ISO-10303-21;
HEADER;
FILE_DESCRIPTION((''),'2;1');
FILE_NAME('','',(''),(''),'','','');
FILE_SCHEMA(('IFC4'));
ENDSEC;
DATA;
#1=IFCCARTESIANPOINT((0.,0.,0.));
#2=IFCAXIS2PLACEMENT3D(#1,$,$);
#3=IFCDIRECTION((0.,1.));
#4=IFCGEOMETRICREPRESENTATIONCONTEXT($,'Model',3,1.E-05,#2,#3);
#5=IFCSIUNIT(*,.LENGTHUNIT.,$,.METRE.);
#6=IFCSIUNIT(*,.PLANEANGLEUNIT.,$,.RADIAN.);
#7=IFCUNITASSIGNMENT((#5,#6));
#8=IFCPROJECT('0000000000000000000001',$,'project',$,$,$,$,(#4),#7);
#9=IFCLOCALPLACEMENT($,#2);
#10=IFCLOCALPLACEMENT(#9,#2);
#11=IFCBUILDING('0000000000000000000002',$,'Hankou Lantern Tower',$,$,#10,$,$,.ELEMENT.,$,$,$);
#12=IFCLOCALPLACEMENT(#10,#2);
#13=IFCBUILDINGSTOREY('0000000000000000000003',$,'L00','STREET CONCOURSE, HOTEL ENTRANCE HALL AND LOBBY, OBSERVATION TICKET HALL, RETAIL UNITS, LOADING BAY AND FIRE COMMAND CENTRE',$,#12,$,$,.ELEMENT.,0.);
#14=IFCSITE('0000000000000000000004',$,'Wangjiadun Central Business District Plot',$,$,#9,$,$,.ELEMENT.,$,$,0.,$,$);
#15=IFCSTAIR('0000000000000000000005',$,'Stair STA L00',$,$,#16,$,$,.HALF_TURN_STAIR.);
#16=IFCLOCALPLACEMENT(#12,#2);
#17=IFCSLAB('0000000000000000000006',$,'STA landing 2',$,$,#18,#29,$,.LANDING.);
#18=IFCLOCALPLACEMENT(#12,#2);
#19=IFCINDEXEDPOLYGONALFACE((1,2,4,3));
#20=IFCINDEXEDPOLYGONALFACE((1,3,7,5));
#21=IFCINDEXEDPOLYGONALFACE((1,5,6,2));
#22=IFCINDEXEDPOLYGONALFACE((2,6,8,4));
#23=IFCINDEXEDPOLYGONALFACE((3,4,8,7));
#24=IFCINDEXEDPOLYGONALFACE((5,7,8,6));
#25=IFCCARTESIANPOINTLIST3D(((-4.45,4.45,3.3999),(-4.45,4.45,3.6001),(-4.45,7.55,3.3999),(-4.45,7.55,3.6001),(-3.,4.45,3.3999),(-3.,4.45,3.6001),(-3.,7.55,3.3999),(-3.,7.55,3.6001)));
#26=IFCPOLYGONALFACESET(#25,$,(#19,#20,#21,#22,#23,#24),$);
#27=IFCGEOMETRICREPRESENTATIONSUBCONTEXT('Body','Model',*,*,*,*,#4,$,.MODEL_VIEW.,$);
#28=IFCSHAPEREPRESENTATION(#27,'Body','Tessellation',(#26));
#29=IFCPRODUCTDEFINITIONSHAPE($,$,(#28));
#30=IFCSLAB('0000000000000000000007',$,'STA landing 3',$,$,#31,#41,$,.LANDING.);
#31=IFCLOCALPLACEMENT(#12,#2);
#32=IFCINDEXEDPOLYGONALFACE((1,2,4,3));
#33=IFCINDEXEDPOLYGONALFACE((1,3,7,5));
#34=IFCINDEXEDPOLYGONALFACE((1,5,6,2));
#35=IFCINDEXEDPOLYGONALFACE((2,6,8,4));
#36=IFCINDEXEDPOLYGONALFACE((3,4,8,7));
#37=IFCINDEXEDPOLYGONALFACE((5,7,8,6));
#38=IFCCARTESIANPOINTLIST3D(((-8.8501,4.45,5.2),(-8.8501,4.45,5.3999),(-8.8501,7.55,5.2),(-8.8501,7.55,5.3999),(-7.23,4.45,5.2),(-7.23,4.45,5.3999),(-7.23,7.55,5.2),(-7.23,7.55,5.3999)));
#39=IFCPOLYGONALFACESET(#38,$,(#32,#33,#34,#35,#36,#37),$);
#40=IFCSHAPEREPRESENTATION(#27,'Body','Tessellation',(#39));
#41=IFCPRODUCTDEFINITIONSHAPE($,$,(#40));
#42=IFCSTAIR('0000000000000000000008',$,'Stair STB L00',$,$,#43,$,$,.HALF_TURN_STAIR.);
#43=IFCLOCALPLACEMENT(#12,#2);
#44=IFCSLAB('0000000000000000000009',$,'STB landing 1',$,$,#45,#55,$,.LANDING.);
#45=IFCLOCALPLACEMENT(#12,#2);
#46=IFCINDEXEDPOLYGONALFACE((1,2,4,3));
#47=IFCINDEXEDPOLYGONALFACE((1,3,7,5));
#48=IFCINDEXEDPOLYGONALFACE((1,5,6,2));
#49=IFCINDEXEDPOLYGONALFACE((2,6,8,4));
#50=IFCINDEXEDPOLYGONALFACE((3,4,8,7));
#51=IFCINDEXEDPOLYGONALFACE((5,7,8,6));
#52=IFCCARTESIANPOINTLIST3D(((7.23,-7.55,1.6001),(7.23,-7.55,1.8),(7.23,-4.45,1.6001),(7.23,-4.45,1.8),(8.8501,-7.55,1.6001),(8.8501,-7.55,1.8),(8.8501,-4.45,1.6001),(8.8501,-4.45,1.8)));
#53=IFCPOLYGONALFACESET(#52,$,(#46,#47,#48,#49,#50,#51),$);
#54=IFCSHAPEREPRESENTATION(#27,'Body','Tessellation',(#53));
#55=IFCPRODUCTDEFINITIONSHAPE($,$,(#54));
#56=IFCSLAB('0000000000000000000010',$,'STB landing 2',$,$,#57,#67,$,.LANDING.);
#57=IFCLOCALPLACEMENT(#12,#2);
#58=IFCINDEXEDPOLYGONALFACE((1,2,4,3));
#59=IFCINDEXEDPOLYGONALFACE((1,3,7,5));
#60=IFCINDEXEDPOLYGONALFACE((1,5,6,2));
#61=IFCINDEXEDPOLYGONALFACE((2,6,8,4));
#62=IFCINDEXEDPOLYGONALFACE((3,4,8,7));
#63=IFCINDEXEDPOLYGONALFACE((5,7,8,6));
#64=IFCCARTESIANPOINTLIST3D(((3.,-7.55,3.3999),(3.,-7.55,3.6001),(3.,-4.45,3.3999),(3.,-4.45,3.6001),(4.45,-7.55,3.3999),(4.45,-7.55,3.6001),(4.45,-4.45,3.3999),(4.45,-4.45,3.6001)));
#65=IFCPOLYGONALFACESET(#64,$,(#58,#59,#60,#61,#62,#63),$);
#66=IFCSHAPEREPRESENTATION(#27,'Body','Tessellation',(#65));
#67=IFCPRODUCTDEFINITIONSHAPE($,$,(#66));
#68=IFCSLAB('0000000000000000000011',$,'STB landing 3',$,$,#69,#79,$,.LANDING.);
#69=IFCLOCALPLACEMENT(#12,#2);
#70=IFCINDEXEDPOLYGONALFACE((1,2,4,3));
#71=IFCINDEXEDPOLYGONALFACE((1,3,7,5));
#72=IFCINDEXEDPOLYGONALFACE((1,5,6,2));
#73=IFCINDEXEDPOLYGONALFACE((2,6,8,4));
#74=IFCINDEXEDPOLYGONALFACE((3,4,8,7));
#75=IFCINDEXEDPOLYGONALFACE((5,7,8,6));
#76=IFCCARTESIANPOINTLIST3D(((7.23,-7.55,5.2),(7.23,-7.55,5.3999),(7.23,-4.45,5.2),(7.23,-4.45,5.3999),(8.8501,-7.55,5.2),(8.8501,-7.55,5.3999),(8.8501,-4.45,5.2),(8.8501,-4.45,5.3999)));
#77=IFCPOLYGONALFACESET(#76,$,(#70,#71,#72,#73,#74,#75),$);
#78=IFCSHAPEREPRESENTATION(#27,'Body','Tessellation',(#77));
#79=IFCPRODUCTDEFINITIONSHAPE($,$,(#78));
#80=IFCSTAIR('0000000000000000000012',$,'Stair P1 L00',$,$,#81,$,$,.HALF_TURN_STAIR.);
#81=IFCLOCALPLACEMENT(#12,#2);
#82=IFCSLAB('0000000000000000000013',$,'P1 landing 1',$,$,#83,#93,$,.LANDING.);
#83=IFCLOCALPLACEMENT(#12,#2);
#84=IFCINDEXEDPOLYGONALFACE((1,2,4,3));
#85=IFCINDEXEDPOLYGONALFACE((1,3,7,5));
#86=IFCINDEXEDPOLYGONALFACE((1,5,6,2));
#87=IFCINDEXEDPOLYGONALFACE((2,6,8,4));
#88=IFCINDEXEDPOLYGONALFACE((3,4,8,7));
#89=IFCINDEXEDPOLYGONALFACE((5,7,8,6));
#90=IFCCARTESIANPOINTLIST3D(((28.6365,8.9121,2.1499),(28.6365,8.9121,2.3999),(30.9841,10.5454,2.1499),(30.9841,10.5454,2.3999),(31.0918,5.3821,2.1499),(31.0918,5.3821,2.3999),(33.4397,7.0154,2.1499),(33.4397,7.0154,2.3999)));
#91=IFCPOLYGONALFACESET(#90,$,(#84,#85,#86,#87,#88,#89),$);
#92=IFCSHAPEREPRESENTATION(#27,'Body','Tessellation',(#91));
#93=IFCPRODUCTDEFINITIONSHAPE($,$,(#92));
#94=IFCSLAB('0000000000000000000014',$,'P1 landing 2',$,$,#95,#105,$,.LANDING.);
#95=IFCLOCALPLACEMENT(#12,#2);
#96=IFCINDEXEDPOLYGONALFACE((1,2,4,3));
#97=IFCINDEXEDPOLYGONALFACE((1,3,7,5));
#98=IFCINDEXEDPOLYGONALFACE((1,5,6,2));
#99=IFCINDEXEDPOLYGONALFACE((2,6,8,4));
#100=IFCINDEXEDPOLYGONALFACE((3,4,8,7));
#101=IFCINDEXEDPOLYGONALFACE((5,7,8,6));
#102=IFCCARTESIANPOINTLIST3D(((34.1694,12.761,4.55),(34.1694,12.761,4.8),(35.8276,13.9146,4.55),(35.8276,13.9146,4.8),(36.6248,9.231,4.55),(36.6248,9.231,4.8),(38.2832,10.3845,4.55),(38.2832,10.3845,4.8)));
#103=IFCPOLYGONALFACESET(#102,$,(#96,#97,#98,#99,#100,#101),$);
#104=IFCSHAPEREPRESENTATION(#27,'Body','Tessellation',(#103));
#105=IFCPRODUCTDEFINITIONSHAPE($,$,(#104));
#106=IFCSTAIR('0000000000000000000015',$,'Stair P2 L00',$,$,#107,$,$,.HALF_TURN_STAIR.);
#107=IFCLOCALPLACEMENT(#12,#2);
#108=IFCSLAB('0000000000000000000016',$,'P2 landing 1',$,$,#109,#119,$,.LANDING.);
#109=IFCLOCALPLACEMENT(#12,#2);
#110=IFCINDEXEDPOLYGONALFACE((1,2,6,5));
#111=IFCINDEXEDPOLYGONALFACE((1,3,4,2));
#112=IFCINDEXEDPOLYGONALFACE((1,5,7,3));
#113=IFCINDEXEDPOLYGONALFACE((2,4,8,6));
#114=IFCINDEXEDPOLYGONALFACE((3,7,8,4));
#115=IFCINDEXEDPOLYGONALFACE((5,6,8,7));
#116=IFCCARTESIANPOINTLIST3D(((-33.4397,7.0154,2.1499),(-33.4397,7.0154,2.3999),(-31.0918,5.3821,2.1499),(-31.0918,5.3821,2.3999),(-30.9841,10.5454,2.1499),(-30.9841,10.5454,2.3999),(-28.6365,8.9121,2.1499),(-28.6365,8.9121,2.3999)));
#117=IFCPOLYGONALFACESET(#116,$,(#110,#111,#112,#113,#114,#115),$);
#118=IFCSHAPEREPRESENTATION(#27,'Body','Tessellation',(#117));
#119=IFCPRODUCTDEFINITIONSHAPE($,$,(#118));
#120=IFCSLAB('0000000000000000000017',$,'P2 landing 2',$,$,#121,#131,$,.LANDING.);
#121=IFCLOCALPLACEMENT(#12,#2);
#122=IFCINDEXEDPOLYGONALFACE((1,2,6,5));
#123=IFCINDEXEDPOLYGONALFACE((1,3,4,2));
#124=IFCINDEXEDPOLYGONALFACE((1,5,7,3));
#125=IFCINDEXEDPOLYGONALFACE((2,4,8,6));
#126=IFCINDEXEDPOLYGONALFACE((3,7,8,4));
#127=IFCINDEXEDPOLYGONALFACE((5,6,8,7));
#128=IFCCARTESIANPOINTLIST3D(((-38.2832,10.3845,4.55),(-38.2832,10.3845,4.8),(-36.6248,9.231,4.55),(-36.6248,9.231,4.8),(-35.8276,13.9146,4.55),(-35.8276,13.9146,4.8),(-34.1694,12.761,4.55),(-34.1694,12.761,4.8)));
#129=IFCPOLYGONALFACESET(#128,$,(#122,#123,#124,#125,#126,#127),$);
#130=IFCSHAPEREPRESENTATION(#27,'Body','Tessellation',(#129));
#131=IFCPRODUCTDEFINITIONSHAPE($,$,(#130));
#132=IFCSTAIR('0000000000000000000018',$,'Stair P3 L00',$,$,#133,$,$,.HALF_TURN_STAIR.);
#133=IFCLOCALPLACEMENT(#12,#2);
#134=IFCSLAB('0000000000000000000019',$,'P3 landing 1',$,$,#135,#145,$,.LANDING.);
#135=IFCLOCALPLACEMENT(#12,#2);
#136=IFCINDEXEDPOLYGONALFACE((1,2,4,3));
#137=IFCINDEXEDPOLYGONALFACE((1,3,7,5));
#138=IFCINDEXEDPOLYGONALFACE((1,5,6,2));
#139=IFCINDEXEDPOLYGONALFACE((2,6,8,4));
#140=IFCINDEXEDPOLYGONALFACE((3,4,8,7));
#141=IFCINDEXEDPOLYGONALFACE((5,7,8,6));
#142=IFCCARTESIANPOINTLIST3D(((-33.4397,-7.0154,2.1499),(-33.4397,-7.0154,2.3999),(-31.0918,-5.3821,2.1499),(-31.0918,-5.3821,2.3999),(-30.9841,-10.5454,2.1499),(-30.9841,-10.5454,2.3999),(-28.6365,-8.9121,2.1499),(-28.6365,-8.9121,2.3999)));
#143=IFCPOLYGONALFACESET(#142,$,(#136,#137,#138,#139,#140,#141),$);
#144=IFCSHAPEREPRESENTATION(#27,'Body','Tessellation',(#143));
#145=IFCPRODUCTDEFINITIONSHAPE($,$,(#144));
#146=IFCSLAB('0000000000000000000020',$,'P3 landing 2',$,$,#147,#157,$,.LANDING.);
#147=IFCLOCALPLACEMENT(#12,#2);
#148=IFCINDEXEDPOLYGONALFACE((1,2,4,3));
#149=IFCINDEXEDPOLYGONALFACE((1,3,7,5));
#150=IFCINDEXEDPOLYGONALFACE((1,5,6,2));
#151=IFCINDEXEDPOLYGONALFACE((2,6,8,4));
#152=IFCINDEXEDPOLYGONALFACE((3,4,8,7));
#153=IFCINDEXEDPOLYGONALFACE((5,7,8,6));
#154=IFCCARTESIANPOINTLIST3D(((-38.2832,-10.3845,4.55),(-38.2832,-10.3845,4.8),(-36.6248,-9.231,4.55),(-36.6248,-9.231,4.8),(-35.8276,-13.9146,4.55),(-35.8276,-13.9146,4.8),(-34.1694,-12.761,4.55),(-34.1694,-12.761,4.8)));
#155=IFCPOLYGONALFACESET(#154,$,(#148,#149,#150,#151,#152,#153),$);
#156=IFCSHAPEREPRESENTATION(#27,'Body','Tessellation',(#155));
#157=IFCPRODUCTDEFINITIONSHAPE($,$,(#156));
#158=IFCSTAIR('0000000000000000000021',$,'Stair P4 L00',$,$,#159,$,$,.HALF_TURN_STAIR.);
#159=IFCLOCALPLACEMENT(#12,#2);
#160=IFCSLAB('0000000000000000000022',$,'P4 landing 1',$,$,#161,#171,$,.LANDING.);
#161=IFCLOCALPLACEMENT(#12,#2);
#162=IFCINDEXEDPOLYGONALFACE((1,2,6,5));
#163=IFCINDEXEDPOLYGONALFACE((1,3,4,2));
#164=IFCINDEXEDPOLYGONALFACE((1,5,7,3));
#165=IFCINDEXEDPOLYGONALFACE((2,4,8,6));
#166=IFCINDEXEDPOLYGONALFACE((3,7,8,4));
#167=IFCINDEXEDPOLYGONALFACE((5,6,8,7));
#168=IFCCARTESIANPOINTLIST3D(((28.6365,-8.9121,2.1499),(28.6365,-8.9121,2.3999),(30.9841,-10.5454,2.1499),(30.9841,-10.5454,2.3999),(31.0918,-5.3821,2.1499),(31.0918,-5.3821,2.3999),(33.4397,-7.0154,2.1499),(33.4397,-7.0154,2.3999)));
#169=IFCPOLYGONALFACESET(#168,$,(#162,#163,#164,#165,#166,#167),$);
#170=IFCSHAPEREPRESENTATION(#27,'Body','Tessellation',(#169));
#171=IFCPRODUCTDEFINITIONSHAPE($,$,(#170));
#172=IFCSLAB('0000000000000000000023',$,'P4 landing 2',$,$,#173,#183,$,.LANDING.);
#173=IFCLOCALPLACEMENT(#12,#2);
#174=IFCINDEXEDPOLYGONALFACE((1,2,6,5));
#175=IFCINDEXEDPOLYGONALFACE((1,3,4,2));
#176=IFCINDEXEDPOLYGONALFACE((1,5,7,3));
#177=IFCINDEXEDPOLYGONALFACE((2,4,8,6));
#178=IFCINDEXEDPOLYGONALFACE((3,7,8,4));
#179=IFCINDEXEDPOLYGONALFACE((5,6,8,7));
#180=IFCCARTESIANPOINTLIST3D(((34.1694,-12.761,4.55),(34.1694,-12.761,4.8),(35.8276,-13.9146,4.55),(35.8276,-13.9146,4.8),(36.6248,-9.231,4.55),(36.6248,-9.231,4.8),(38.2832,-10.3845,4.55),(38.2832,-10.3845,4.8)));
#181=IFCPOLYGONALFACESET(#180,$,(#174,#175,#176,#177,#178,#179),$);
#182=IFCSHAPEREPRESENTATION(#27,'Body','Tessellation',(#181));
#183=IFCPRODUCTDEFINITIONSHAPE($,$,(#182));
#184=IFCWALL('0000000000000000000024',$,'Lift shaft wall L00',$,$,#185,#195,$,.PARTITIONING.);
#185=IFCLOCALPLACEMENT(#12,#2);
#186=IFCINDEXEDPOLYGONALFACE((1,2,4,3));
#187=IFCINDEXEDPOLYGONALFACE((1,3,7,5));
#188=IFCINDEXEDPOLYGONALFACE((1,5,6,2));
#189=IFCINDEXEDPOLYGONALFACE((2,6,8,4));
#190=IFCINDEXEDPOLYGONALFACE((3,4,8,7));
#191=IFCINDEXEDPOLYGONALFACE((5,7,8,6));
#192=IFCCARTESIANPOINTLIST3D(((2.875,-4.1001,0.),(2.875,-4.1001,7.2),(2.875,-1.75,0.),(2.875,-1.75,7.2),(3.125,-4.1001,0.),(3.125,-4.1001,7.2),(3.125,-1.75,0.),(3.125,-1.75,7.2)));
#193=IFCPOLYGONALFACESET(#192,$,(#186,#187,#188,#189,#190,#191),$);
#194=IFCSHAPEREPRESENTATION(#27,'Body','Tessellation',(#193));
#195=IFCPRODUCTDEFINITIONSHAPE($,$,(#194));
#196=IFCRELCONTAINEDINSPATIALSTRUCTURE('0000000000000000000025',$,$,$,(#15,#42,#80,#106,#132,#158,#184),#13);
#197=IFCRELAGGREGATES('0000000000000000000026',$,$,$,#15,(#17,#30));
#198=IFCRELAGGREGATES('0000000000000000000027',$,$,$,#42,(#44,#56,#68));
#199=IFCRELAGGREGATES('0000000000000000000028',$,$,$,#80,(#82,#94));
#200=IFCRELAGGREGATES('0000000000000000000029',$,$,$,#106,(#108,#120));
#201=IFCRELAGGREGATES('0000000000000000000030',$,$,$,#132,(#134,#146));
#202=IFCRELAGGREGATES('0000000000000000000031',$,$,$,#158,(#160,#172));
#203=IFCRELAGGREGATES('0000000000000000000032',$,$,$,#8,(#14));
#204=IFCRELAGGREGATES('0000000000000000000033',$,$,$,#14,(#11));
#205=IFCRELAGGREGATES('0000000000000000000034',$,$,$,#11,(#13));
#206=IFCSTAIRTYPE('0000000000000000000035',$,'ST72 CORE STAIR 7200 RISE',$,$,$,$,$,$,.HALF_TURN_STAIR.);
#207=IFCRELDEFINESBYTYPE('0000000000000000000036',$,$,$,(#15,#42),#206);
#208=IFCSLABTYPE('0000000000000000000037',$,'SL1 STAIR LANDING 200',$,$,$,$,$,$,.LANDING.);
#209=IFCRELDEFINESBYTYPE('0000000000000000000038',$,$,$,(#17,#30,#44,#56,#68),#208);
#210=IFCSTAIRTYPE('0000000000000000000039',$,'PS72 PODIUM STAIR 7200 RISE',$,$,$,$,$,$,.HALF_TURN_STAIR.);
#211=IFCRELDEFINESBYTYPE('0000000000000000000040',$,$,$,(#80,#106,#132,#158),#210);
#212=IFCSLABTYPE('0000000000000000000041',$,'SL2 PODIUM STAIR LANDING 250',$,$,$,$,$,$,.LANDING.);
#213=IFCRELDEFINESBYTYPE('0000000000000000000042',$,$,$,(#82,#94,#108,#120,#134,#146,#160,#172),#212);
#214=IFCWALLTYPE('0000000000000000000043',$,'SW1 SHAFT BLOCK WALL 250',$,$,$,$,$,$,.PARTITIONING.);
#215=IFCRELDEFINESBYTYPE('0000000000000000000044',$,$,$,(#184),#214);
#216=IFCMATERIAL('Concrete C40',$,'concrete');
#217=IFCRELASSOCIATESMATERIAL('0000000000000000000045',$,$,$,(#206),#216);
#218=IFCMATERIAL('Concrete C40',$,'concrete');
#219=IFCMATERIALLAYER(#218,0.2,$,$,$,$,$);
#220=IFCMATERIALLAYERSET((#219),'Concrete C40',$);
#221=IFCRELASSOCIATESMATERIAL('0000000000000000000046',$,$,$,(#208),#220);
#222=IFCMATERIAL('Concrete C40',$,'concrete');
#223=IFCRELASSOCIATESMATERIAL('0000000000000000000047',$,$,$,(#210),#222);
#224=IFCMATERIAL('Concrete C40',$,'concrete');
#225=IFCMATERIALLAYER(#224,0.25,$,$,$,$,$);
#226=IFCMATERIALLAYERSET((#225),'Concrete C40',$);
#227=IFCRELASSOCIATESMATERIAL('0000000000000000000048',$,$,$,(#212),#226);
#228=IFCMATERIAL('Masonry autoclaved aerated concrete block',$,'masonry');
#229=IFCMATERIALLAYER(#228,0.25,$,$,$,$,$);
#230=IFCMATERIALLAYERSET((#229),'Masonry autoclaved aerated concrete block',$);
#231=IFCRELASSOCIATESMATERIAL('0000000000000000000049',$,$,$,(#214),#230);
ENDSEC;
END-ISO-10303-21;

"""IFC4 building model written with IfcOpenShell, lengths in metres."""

from ifc_helpers import new_model, si_unit, direction, frame, frame_2d, origin, place, context, subcontext, project, spatial, polyline, rectangle, outline, extrude, material, layer, layer_set, type_object, element, aggregate, save


model = new_model("IFC4")

# Units and contexts
model_context = context("Model", 3, precision=1e-05, world=origin(), true_north=direction((0.0, 1.0)))
body_context = subcontext(model_context, "Body", "Model", "MODEL_VIEW")
ifc_project = project(units=[si_unit("LENGTHUNIT", "METRE"), si_unit("PLANEANGLEUNIT", "RADIAN")], contexts=[model_context])

# Site, building, storey
site_placement = place(None, origin())
site = spatial("IfcSite", under=ifc_project, at=site_placement, Name="Wangjiadun Central Business District Plot", CompositionType="ELEMENT", RefElevation=0.0)
building_placement = place(site_placement, origin())
building = spatial("IfcBuilding", under=site, at=building_placement, Name="Hankou Lantern Tower", CompositionType="ELEMENT")
storey_placement = place(building_placement, origin())
storey = spatial("IfcBuildingStorey", under=building, at=storey_placement, Name="L00", Description="STREET CONCOURSE, HOTEL ENTRANCE HALL AND LOBBY, OBSERVATION TICKET HALL, RETAIL UNITS, LOADING BAY AND FIRE COMMAND CENTRE", CompositionType="ELEMENT", Elevation=0.0)

# Stairs, slabs
ifc_material_1 = material(Name="Concrete C40", Category="concrete")
stair_type_1 = type_object("IfcStairType", Name="ST72 CORE STAIR 7200 RISE", PredefinedType="HALF_TURN_STAIR", material=ifc_material_1)
stair_1_placement = place(storey_placement, origin())
stair_1 = element("IfcStair", 1, at=stair_1_placement, inside=storey, type_object=stair_type_1, Name="Stair STA L00", PredefinedType="HALF_TURN_STAIR")
ifc_material_2 = material(Name="Concrete C40", Category="concrete")
ifc_layer_1 = layer(ifc_material_2, 0.2)
ifc_layer_set_1 = layer_set([ifc_layer_1], Name="Concrete C40")
slab_type_1 = type_object("IfcSlabType", Name="SL1 STAIR LANDING 200", PredefinedType="LANDING", material=ifc_layer_set_1)
slab_1_placement = place(storey_placement, frame((0.0, 0.0, 3.3999)))
slab_1 = element("IfcSlab", 2, at=slab_1_placement, type_object=slab_type_1, Name="STA landing 2", PredefinedType="LANDING", context=body_context, shape_type="SweptSolid", body=[
    extrude(outline(polyline([(-4.45, 4.45), (-3.0, 4.45), (-3.0, 7.55), (-4.45, 7.55), (-4.45, 4.45)])), origin(), (0.0, 0.0, 1.0), 0.2002),
])
slab_2_placement = place(storey_placement, frame((0.0, 0.0, 5.2)))
slab_2 = element("IfcSlab", 3, at=slab_2_placement, type_object=slab_type_1, Name="STA landing 3", PredefinedType="LANDING", context=body_context, shape_type="SweptSolid", body=[
    extrude(outline(polyline([(-8.8501, 4.45), (-7.23, 4.45), (-7.23, 7.55), (-8.8501, 7.55), (-8.8501, 4.45)])), origin(), (0.0, 0.0, 1.0), 0.2),
])
aggregate(stair_1, [slab_1, slab_2])
stair_2_placement = place(storey_placement, origin())
stair_2 = element("IfcStair", 4, at=stair_2_placement, inside=storey, type_object=stair_type_1, Name="Stair STB L00", PredefinedType="HALF_TURN_STAIR")
slab_3_placement = place(storey_placement, frame((0.0, 0.0, 1.6001)))
slab_3 = element("IfcSlab", 5, at=slab_3_placement, type_object=slab_type_1, Name="STB landing 1", PredefinedType="LANDING", context=body_context, shape_type="SweptSolid", body=[
    extrude(outline(polyline([(8.8501, -4.45), (7.23, -4.45), (7.23, -7.55), (8.8501, -7.55), (8.8501, -4.45)])), origin(), (0.0, 0.0, 1.0), 0.2),
])
slab_4_placement = place(storey_placement, frame((0.0, 0.0, 3.3999)))
slab_4 = element("IfcSlab", 6, at=slab_4_placement, type_object=slab_type_1, Name="STB landing 2", PredefinedType="LANDING", context=body_context, shape_type="SweptSolid", body=[
    extrude(outline(polyline([(4.45, -4.45), (3.0, -4.45), (3.0, -7.55), (4.45, -7.55), (4.45, -4.45)])), origin(), (0.0, 0.0, 1.0), 0.2002),
])
slab_5_placement = place(storey_placement, frame((0.0, 0.0, 5.2)))
slab_5 = element("IfcSlab", 7, at=slab_5_placement, type_object=slab_type_1, Name="STB landing 3", PredefinedType="LANDING", context=body_context, shape_type="SweptSolid", body=[
    extrude(outline(polyline([(8.8501, -4.45), (7.23, -4.45), (7.23, -7.55), (8.8501, -7.55), (8.8501, -4.45)])), origin(), (0.0, 0.0, 1.0), 0.2),
])
aggregate(stair_2, [slab_3, slab_4, slab_5])
ifc_material_3 = material(Name="Concrete C40", Category="concrete")
stair_type_2 = type_object("IfcStairType", Name="PS72 PODIUM STAIR 7200 RISE", PredefinedType="HALF_TURN_STAIR", material=ifc_material_3)
stair_3_placement = place(storey_placement, origin())
stair_3 = element("IfcStair", 8, at=stair_3_placement, inside=storey, type_object=stair_type_2, Name="Stair P1 L00", PredefinedType="HALF_TURN_STAIR")
ifc_material_4 = material(Name="Concrete C40", Category="concrete")
ifc_layer_2 = layer(ifc_material_4, 0.25)
ifc_layer_set_2 = layer_set([ifc_layer_2], Name="Concrete C40")
slab_type_2 = type_object("IfcSlabType", Name="SL2 PODIUM STAIR LANDING 250", PredefinedType="LANDING", material=ifc_layer_set_2)
slab_6_placement = place(storey_placement, frame((0.0, 0.0, 2.1499)))
slab_6 = element("IfcSlab", 9, at=slab_6_placement, type_object=slab_type_2, Name="P1 landing 1", PredefinedType="LANDING", context=body_context, shape_type="SweptSolid", body=[
    extrude(outline(polyline([(33.4397, 7.0154), (30.9841, 10.5454), (28.6365, 8.9121), (31.0918, 5.3821), (33.4397, 7.0154)])), origin(), (0.0, 0.0, 1.0), 0.25),
])
slab_7_placement = place(storey_placement, frame((0.0, 0.0, 4.55)))
slab_7 = element("IfcSlab", 10, at=slab_7_placement, type_object=slab_type_2, Name="P1 landing 2", PredefinedType="LANDING", context=body_context, shape_type="SweptSolid", body=[
    extrude(outline(polyline([(38.2832, 10.3845), (35.8276, 13.9146), (34.1694, 12.761), (36.6248, 9.231), (38.2832, 10.3845)])), origin(), (0.0, 0.0, 1.0), 0.25),
])
aggregate(stair_3, [slab_6, slab_7])
stair_4_placement = place(storey_placement, origin())
stair_4 = element("IfcStair", 11, at=stair_4_placement, inside=storey, type_object=stair_type_2, Name="Stair P2 L00", PredefinedType="HALF_TURN_STAIR")
slab_8_placement = place(storey_placement, frame((0.0, 0.0, 2.1499)))
slab_8 = element("IfcSlab", 12, at=slab_8_placement, type_object=slab_type_2, Name="P2 landing 1", PredefinedType="LANDING", context=body_context, shape_type="SweptSolid", body=[
    extrude(outline(polyline([(-30.9841, 10.5454), (-33.4397, 7.0154), (-31.0918, 5.3821), (-28.6365, 8.9121), (-30.9841, 10.5454)])), origin(), (0.0, 0.0, 1.0), 0.25),
])
slab_9_placement = place(storey_placement, frame((0.0, 0.0, 4.55)))
slab_9 = element("IfcSlab", 13, at=slab_9_placement, type_object=slab_type_2, Name="P2 landing 2", PredefinedType="LANDING", context=body_context, shape_type="SweptSolid", body=[
    extrude(outline(polyline([(-35.8276, 13.9146), (-38.2832, 10.3845), (-36.6248, 9.231), (-34.1694, 12.761), (-35.8276, 13.9146)])), origin(), (0.0, 0.0, 1.0), 0.25),
])
aggregate(stair_4, [slab_8, slab_9])
stair_5_placement = place(storey_placement, origin())
stair_5 = element("IfcStair", 14, at=stair_5_placement, inside=storey, type_object=stair_type_2, Name="Stair P3 L00", PredefinedType="HALF_TURN_STAIR")
slab_10_placement = place(storey_placement, frame((0.0, 0.0, 2.1499)))
slab_10 = element("IfcSlab", 15, at=slab_10_placement, type_object=slab_type_2, Name="P3 landing 1", PredefinedType="LANDING", context=body_context, shape_type="SweptSolid", body=[
    extrude(outline(polyline([(-33.4397, -7.0154), (-30.9841, -10.5454), (-28.6365, -8.9121), (-31.0918, -5.3821), (-33.4397, -7.0154)])), origin(), (0.0, 0.0, 1.0), 0.25),
])
slab_11_placement = place(storey_placement, frame((0.0, 0.0, 4.55)))
slab_11 = element("IfcSlab", 16, at=slab_11_placement, type_object=slab_type_2, Name="P3 landing 2", PredefinedType="LANDING", context=body_context, shape_type="SweptSolid", body=[
    extrude(outline(polyline([(-38.2832, -10.3845), (-35.8276, -13.9146), (-34.1694, -12.761), (-36.6248, -9.231), (-38.2832, -10.3845)])), origin(), (0.0, 0.0, 1.0), 0.25),
])
aggregate(stair_5, [slab_10, slab_11])
stair_6_placement = place(storey_placement, origin())
stair_6 = element("IfcStair", 17, at=stair_6_placement, inside=storey, type_object=stair_type_2, Name="Stair P4 L00", PredefinedType="HALF_TURN_STAIR")
slab_12_placement = place(storey_placement, frame((0.0, 0.0, 2.1499)))
slab_12 = element("IfcSlab", 18, at=slab_12_placement, type_object=slab_type_2, Name="P4 landing 1", PredefinedType="LANDING", context=body_context, shape_type="SweptSolid", body=[
    extrude(outline(polyline([(30.9841, -10.5454), (33.4397, -7.0154), (31.0918, -5.3821), (28.6365, -8.9121), (30.9841, -10.5454)])), origin(), (0.0, 0.0, 1.0), 0.25),
])
slab_13_placement = place(storey_placement, frame((0.0, 0.0, 4.55)))
slab_13 = element("IfcSlab", 19, at=slab_13_placement, type_object=slab_type_2, Name="P4 landing 2", PredefinedType="LANDING", context=body_context, shape_type="SweptSolid", body=[
    extrude(outline(polyline([(35.8276, -13.9146), (38.2832, -10.3845), (36.6248, -9.231), (34.1694, -12.761), (35.8276, -13.9146)])), origin(), (0.0, 0.0, 1.0), 0.25),
])
aggregate(stair_6, [slab_12, slab_13])

# Wall
ifc_material_5 = material(Name="Masonry autoclaved aerated concrete block", Category="masonry")
ifc_layer_3 = layer(ifc_material_5, 0.25)
ifc_layer_set_3 = layer_set([ifc_layer_3], Name="Masonry autoclaved aerated concrete block")
wall_type = type_object("IfcWallType", Name="SW1 SHAFT BLOCK WALL 250", PredefinedType="PARTITIONING", material=ifc_layer_set_3)
wall_placement = place(storey_placement, frame((3.0, -4.1001, 0.0), z_axis=(0.0, 0.0, 1.0), x_axis=(0.0, 1.0, 0.0)))
element("IfcWall", 20, at=wall_placement, inside=storey, type_object=wall_type, Name="Lift shaft wall L00", PredefinedType="PARTITIONING", context=body_context, shape_type="SweptSolid", body=[
    extrude(rectangle(XDim=2.3501, YDim=0.25, at=frame_2d((1.175, 0.0))), origin(), (0.0, 0.0, 1.0), 7.2),
])

save(model, "model.ifc")
